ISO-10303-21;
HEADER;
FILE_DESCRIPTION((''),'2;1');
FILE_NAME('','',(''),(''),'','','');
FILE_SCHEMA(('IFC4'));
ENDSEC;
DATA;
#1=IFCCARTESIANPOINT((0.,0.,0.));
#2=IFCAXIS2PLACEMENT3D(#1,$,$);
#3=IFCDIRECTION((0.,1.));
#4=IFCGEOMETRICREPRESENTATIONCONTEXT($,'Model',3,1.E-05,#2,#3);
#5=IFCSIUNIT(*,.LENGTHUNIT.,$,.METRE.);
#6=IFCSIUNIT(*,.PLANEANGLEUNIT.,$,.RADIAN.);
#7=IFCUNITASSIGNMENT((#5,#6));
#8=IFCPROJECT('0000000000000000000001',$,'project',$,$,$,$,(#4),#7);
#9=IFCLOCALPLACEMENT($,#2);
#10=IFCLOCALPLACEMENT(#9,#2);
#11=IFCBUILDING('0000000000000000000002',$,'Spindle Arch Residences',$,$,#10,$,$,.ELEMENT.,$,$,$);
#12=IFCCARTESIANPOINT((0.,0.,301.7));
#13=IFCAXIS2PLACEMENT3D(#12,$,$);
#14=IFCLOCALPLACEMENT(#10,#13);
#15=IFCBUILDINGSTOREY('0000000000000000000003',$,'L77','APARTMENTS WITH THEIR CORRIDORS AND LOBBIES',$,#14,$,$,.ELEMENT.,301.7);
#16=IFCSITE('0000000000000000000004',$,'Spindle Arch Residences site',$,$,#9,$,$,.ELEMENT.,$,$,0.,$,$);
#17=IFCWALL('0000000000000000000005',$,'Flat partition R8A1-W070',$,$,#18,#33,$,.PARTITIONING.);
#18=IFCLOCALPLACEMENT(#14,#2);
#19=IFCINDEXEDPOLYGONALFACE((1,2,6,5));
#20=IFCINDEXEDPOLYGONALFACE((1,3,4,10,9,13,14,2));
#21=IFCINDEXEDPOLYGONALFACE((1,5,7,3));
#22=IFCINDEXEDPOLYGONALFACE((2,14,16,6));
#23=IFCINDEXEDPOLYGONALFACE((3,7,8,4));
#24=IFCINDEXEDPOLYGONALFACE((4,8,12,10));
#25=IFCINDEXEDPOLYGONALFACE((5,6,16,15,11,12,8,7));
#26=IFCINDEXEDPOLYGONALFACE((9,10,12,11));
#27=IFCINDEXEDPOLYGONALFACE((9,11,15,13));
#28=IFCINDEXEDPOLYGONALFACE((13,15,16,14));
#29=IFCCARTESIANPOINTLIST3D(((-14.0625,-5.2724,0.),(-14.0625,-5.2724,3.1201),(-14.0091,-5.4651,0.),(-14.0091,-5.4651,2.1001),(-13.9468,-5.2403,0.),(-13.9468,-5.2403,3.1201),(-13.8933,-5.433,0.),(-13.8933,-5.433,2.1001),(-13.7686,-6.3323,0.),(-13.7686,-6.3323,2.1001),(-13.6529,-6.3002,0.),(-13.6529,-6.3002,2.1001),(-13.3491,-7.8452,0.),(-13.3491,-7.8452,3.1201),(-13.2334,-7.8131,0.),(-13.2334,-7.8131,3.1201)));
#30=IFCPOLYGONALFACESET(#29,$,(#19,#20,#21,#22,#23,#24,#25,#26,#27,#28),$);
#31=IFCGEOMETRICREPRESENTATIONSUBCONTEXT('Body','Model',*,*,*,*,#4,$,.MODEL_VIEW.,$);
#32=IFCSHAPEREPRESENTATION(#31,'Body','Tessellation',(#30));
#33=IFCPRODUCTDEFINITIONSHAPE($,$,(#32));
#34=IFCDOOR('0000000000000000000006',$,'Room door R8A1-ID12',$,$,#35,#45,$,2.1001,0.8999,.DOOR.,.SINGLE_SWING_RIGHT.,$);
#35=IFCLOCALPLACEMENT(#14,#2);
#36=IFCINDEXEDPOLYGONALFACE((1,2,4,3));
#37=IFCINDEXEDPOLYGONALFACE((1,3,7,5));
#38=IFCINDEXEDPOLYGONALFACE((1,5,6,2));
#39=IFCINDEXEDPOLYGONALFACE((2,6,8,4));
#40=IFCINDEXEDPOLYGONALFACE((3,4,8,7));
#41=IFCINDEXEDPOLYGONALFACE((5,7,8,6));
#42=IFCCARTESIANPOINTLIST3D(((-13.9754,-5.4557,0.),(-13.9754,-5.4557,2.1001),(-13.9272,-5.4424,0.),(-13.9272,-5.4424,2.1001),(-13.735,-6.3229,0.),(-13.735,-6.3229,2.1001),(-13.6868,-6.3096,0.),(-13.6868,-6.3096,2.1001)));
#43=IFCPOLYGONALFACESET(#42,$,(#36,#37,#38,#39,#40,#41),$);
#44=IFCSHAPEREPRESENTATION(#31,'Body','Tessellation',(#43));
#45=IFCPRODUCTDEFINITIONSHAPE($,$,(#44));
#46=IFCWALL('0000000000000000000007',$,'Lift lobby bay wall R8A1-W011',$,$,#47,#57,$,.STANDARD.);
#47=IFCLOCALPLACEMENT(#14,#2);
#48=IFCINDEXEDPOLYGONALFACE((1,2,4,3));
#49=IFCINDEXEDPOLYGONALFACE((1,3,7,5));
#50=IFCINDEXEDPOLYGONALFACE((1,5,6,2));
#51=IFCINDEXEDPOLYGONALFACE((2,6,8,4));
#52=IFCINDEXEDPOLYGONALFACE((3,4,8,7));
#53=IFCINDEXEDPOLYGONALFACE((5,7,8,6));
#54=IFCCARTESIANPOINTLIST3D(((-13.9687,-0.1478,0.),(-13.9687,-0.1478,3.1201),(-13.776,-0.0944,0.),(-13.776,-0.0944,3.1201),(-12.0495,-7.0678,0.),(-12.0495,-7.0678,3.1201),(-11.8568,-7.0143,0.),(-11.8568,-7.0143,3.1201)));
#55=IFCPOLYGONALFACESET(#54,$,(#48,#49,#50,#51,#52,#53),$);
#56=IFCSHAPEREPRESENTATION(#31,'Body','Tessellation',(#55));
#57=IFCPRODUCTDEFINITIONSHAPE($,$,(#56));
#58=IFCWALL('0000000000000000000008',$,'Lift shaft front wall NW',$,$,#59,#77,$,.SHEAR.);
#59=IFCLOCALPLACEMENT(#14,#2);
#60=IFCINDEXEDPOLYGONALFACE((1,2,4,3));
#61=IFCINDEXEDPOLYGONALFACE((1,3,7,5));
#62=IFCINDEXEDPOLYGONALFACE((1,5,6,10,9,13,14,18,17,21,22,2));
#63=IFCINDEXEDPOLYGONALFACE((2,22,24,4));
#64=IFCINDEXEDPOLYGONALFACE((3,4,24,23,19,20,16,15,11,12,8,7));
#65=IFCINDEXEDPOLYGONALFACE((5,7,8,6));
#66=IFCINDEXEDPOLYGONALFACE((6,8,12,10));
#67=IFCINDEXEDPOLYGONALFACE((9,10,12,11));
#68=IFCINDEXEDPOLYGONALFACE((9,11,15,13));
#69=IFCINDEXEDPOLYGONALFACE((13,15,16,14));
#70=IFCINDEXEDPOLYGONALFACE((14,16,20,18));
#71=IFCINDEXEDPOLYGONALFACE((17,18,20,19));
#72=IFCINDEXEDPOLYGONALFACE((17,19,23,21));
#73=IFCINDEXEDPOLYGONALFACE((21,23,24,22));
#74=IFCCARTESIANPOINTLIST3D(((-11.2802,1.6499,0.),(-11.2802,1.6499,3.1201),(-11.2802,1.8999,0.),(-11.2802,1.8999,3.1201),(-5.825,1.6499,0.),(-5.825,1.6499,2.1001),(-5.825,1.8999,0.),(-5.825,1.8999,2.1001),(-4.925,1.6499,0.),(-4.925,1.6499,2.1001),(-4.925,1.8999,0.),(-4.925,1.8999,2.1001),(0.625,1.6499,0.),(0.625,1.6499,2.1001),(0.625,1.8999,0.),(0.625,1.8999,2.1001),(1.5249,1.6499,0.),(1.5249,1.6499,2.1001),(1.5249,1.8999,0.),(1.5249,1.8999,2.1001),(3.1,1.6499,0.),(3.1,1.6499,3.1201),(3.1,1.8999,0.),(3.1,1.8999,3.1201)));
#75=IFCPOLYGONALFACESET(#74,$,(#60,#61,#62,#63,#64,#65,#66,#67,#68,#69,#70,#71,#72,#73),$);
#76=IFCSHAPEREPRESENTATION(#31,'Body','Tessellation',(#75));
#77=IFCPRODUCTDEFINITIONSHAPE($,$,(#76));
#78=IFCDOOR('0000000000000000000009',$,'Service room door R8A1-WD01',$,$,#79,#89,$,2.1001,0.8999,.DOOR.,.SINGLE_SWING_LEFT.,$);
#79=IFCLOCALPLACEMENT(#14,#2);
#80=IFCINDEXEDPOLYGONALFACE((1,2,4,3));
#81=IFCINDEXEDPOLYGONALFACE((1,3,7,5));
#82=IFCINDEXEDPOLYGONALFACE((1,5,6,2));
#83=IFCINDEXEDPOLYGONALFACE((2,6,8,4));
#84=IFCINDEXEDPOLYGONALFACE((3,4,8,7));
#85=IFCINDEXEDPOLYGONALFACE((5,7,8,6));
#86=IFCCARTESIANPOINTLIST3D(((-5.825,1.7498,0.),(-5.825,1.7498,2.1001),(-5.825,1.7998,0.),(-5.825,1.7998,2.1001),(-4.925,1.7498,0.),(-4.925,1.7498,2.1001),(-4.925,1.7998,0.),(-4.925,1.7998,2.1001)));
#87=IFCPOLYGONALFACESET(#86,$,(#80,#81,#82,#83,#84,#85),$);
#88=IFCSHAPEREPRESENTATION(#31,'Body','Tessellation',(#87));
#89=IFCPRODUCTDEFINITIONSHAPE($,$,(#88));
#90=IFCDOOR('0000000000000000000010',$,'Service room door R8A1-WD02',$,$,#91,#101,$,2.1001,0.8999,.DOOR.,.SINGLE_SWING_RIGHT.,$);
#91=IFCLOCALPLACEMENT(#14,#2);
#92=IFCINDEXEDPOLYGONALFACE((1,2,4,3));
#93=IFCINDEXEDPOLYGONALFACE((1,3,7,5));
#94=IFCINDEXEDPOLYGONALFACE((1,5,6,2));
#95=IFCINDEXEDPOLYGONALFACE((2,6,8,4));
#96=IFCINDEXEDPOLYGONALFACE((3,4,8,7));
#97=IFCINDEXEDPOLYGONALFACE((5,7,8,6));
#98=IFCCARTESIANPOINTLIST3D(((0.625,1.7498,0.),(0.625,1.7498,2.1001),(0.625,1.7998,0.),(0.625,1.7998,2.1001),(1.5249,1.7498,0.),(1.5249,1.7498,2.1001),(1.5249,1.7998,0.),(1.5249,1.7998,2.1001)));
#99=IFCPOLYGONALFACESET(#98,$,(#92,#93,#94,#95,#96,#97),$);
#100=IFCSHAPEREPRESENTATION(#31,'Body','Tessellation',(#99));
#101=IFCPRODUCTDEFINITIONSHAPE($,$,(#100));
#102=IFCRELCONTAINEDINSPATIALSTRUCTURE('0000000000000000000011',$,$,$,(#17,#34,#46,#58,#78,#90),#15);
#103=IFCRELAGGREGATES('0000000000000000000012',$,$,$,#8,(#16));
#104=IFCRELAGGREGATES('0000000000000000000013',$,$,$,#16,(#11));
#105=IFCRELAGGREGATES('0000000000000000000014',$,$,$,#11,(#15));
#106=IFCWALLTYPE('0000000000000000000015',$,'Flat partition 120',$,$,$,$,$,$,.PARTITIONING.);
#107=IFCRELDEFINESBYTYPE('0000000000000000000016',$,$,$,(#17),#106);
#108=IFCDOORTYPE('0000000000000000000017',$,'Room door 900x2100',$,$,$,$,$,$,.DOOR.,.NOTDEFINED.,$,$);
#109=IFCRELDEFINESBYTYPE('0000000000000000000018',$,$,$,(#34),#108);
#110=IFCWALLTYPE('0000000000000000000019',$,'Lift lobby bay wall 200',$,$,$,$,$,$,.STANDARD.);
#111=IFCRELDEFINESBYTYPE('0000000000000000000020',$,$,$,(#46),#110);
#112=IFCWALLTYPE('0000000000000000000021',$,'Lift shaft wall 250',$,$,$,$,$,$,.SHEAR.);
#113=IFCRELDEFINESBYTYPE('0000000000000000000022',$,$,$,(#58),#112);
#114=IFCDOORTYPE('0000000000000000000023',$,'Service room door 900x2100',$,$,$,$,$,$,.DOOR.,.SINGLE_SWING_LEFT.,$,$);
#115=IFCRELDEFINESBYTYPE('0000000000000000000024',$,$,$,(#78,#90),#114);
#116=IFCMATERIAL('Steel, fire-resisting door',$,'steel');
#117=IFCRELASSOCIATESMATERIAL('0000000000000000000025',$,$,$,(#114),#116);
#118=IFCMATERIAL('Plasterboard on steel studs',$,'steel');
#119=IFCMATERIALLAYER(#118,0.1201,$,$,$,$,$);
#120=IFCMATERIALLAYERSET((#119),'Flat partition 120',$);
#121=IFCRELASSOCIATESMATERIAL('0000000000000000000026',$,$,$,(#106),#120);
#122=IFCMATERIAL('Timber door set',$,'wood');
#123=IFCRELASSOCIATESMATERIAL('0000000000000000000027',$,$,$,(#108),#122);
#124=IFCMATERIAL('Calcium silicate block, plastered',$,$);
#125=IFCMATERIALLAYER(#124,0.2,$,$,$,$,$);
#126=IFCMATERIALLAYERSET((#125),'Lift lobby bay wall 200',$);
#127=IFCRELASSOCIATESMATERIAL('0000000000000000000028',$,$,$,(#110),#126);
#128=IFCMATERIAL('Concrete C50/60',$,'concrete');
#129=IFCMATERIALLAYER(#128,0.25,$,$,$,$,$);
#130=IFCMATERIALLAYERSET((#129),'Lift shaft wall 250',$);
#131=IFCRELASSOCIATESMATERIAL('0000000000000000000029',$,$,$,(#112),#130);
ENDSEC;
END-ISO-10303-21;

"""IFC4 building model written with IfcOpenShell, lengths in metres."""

from ifc_helpers import new_model, si_unit, direction, frame, frame_2d, origin, place, context, subcontext, project, spatial, rectangle, extrude, material, layer, layer_set, type_object, element, fill, save


model = new_model("IFC4")

# Units and contexts
model_context = context("Model", 3, precision=1e-05, world=origin(), true_north=direction((0.0, 1.0)))
body_context = subcontext(model_context, "Body", "Model", "MODEL_VIEW")
ifc_project = project(units=[si_unit("LENGTHUNIT", "METRE"), si_unit("PLANEANGLEUNIT", "RADIAN")], contexts=[model_context])

# Site, building, storey
site_placement = place(None, origin())
site = spatial("IfcSite", under=ifc_project, at=site_placement, Name="Spindle Arch Residences site", CompositionType="ELEMENT", RefElevation=0.0)
building_placement = place(site_placement, origin())
building = spatial("IfcBuilding", under=site, at=building_placement, Name="Spindle Arch Residences", CompositionType="ELEMENT")
storey_placement = place(building_placement, frame((0.0, 0.0, 301.7)))
storey = spatial("IfcBuildingStorey", under=building, at=storey_placement, Name="L77", Description="APARTMENTS WITH THEIR CORRIDORS AND LOBBIES", CompositionType="ELEMENT", Elevation=301.7)

# Shared definitions
ifc_material_1 = material(Name="Steel, fire-resisting door", Category="steel")
door_type_1 = type_object("IfcDoorType", Name="Service room door 900x2100", OperationType="SINGLE_SWING_LEFT", PredefinedType="DOOR", material=ifc_material_1)

# Wall, opening, door
ifc_material_2 = material(Name="Plasterboard on steel studs", Category="steel")
ifc_layer_1 = layer(ifc_material_2, 0.1201)
ifc_layer_set_1 = layer_set([ifc_layer_1], Name="Flat partition 120")
wall_type_1 = type_object("IfcWallType", Name="Flat partition 120", PredefinedType="PARTITIONING", material=ifc_layer_set_1)
wall_1_placement = place(storey_placement, frame((-14.0046, -5.2563, 0.0), z_axis=(0.0, 0.0, 1.0), x_axis=(0.267201, -0.963641, 0.0)))
wall_1 = element("IfcWall", 1, at=wall_1_placement, inside=storey, type_object=wall_type_1, Name="Flat partition R8A1-W070", PredefinedType="PARTITIONING", context=body_context, shape_type="SweptSolid", body=[
    extrude(rectangle(XDim=2.6699, YDim=0.1201, at=frame_2d((1.335, 0.0))), origin(), (0.0, 0.0, 1.0), 3.1201),
])
opening_1_placement = place(wall_1_placement, frame((0.2, 0.0, 0.0)))
opening_1 = element("IfcOpeningElement", 2, at=opening_1_placement, cuts=wall_1, PredefinedType="OPENING", context=body_context, shape_type="SweptSolid", body=[
    extrude(rectangle(XDim=0.8999, YDim=2.1001, at=frame_2d((0.45, 1.05))), frame((0.0, 0.0701, 0.0), z_axis=(0.0, -1.0, 0.0), x_axis=(1.0, 0.0, 0.0)), (0.0, 0.0, 1.0), 0.1401),
])
ifc_material_3 = material(Name="Timber door set", Category="wood")
door_type_2 = type_object("IfcDoorType", Name="Room door 900x2100", OperationType="NOTDEFINED", PredefinedType="DOOR", material=ifc_material_3)
door_1_placement = place(opening_1_placement, origin())
door_1 = element("IfcDoor", 3, at=door_1_placement, inside=storey, type_object=door_type_2, Name="Room door R8A1-ID12", OperationType="SINGLE_SWING_RIGHT", OverallHeight=2.1001, OverallWidth=0.8999, PredefinedType="DOOR", context=body_context, shape_type="SweptSolid", body=[
    extrude(rectangle(XDim=0.8999, YDim=2.1001, at=frame_2d((0.45, 1.05))), frame((0.0, 0.0249, 0.0), z_axis=(0.0, -1.0, 0.0), x_axis=(1.0, 0.0, 0.0)), (0.0, 0.0, 1.0), 0.05),
])
fill(opening_1, door_1)

# Wall
ifc_material_4 = material(Name="Calcium silicate block, plastered")
ifc_layer_2 = layer(ifc_material_4, 0.2)
ifc_layer_set_2 = layer_set([ifc_layer_2], Name="Lift lobby bay wall 200")
wall_type_2 = type_object("IfcWallType", Name="Lift lobby bay wall 200", PredefinedType="STANDARD", material=ifc_layer_set_2)
wall_2_placement = place(storey_placement, frame((-13.8723, -0.1211, 0.0), z_axis=(0.0, 0.0, 1.0), x_axis=(0.267255, -0.963626, 0.0)))
element("IfcWall", 4, at=wall_2_placement, inside=storey, type_object=wall_type_2, Name="Lift lobby bay wall R8A1-W011", PredefinedType="STANDARD", context=body_context, shape_type="SweptSolid", body=[
    extrude(rectangle(XDim=7.1812, YDim=0.2, at=frame_2d((3.5906, 0.0))), origin(), (0.0, 0.0, 1.0), 3.1201),
])

# Wall, openings, doors
ifc_material_5 = material(Name="Concrete C50/60", Category="concrete")
ifc_layer_3 = layer(ifc_material_5, 0.25)
ifc_layer_set_3 = layer_set([ifc_layer_3], Name="Lift shaft wall 250")
wall_type_3 = type_object("IfcWallType", Name="Lift shaft wall 250", PredefinedType="SHEAR", material=ifc_layer_set_3)
wall_3_placement = place(storey_placement, frame((-11.28, 1.7749, 0.0), z_axis=(0.0, 0.0, 1.0), x_axis=(1.0, 0.0, 0.0)))
wall_3 = element("IfcWall", 5, at=wall_3_placement, inside=storey, type_object=wall_type_3, Name="Lift shaft front wall NW", PredefinedType="SHEAR", context=body_context, shape_type="SweptSolid", body=[
    extrude(rectangle(XDim=14.3801, YDim=0.25, at=frame_2d((7.1899, 0.0))), origin(), (0.0, 0.0, 1.0), 3.1201),
])
opening_2_placement = place(wall_3_placement, frame((5.4551, 0.0, 0.0)))
opening_2 = element("IfcOpeningElement", 6, at=opening_2_placement, cuts=wall_3, PredefinedType="OPENING", context=body_context, shape_type="SweptSolid", body=[
    extrude(rectangle(XDim=0.8999, YDim=2.1001, at=frame_2d((0.45, 1.05))), frame((0.0, 0.135, 0.0), z_axis=(0.0, -1.0, 0.0), x_axis=(1.0, 0.0, 0.0)), (0.0, 0.0, 1.0), 0.27),
])
opening_3_placement = place(wall_3_placement, frame((11.905, 0.0, 0.0)))
opening_3 = element("IfcOpeningElement", 7, at=opening_3_placement, cuts=wall_3, PredefinedType="OPENING", context=body_context, shape_type="SweptSolid", body=[
    extrude(rectangle(XDim=0.8999, YDim=2.1001, at=frame_2d((0.45, 1.05))), frame((0.0, 0.135, 0.0), z_axis=(0.0, -1.0, 0.0), x_axis=(1.0, 0.0, 0.0)), (0.0, 0.0, 1.0), 0.27),
])
door_2_placement = place(opening_2_placement, origin())
door_2 = element("IfcDoor", 8, at=door_2_placement, inside=storey, type_object=door_type_1, Name="Service room door R8A1-WD01", OperationType="SINGLE_SWING_LEFT", OverallHeight=2.1001, OverallWidth=0.8999, PredefinedType="DOOR", context=body_context, shape_type="SweptSolid", body=[
    extrude(rectangle(XDim=0.8999, YDim=2.1001, at=frame_2d((0.45, 1.05))), frame((0.0, 0.0249, 0.0), z_axis=(0.0, -1.0, 0.0), x_axis=(1.0, 0.0, 0.0)), (0.0, 0.0, 1.0), 0.05),
])
fill(opening_2, door_2)
door_3_placement = place(opening_3_placement, origin())
door_3 = element("IfcDoor", 9, at=door_3_placement, inside=storey, type_object=door_type_1, Name="Service room door R8A1-WD02", OperationType="SINGLE_SWING_RIGHT", OverallHeight=2.1001, OverallWidth=0.8999, PredefinedType="DOOR", context=body_context, shape_type="SweptSolid", body=[
    extrude(rectangle(XDim=0.8999, YDim=2.1001, at=frame_2d((0.45, 1.05))), frame((0.0, 0.0249, 0.0), z_axis=(0.0, -1.0, 0.0), x_axis=(1.0, 0.0, 0.0)), (0.0, 0.0, 1.0), 0.05),
])
fill(opening_3, door_3)

save(model, "model.ifc")
